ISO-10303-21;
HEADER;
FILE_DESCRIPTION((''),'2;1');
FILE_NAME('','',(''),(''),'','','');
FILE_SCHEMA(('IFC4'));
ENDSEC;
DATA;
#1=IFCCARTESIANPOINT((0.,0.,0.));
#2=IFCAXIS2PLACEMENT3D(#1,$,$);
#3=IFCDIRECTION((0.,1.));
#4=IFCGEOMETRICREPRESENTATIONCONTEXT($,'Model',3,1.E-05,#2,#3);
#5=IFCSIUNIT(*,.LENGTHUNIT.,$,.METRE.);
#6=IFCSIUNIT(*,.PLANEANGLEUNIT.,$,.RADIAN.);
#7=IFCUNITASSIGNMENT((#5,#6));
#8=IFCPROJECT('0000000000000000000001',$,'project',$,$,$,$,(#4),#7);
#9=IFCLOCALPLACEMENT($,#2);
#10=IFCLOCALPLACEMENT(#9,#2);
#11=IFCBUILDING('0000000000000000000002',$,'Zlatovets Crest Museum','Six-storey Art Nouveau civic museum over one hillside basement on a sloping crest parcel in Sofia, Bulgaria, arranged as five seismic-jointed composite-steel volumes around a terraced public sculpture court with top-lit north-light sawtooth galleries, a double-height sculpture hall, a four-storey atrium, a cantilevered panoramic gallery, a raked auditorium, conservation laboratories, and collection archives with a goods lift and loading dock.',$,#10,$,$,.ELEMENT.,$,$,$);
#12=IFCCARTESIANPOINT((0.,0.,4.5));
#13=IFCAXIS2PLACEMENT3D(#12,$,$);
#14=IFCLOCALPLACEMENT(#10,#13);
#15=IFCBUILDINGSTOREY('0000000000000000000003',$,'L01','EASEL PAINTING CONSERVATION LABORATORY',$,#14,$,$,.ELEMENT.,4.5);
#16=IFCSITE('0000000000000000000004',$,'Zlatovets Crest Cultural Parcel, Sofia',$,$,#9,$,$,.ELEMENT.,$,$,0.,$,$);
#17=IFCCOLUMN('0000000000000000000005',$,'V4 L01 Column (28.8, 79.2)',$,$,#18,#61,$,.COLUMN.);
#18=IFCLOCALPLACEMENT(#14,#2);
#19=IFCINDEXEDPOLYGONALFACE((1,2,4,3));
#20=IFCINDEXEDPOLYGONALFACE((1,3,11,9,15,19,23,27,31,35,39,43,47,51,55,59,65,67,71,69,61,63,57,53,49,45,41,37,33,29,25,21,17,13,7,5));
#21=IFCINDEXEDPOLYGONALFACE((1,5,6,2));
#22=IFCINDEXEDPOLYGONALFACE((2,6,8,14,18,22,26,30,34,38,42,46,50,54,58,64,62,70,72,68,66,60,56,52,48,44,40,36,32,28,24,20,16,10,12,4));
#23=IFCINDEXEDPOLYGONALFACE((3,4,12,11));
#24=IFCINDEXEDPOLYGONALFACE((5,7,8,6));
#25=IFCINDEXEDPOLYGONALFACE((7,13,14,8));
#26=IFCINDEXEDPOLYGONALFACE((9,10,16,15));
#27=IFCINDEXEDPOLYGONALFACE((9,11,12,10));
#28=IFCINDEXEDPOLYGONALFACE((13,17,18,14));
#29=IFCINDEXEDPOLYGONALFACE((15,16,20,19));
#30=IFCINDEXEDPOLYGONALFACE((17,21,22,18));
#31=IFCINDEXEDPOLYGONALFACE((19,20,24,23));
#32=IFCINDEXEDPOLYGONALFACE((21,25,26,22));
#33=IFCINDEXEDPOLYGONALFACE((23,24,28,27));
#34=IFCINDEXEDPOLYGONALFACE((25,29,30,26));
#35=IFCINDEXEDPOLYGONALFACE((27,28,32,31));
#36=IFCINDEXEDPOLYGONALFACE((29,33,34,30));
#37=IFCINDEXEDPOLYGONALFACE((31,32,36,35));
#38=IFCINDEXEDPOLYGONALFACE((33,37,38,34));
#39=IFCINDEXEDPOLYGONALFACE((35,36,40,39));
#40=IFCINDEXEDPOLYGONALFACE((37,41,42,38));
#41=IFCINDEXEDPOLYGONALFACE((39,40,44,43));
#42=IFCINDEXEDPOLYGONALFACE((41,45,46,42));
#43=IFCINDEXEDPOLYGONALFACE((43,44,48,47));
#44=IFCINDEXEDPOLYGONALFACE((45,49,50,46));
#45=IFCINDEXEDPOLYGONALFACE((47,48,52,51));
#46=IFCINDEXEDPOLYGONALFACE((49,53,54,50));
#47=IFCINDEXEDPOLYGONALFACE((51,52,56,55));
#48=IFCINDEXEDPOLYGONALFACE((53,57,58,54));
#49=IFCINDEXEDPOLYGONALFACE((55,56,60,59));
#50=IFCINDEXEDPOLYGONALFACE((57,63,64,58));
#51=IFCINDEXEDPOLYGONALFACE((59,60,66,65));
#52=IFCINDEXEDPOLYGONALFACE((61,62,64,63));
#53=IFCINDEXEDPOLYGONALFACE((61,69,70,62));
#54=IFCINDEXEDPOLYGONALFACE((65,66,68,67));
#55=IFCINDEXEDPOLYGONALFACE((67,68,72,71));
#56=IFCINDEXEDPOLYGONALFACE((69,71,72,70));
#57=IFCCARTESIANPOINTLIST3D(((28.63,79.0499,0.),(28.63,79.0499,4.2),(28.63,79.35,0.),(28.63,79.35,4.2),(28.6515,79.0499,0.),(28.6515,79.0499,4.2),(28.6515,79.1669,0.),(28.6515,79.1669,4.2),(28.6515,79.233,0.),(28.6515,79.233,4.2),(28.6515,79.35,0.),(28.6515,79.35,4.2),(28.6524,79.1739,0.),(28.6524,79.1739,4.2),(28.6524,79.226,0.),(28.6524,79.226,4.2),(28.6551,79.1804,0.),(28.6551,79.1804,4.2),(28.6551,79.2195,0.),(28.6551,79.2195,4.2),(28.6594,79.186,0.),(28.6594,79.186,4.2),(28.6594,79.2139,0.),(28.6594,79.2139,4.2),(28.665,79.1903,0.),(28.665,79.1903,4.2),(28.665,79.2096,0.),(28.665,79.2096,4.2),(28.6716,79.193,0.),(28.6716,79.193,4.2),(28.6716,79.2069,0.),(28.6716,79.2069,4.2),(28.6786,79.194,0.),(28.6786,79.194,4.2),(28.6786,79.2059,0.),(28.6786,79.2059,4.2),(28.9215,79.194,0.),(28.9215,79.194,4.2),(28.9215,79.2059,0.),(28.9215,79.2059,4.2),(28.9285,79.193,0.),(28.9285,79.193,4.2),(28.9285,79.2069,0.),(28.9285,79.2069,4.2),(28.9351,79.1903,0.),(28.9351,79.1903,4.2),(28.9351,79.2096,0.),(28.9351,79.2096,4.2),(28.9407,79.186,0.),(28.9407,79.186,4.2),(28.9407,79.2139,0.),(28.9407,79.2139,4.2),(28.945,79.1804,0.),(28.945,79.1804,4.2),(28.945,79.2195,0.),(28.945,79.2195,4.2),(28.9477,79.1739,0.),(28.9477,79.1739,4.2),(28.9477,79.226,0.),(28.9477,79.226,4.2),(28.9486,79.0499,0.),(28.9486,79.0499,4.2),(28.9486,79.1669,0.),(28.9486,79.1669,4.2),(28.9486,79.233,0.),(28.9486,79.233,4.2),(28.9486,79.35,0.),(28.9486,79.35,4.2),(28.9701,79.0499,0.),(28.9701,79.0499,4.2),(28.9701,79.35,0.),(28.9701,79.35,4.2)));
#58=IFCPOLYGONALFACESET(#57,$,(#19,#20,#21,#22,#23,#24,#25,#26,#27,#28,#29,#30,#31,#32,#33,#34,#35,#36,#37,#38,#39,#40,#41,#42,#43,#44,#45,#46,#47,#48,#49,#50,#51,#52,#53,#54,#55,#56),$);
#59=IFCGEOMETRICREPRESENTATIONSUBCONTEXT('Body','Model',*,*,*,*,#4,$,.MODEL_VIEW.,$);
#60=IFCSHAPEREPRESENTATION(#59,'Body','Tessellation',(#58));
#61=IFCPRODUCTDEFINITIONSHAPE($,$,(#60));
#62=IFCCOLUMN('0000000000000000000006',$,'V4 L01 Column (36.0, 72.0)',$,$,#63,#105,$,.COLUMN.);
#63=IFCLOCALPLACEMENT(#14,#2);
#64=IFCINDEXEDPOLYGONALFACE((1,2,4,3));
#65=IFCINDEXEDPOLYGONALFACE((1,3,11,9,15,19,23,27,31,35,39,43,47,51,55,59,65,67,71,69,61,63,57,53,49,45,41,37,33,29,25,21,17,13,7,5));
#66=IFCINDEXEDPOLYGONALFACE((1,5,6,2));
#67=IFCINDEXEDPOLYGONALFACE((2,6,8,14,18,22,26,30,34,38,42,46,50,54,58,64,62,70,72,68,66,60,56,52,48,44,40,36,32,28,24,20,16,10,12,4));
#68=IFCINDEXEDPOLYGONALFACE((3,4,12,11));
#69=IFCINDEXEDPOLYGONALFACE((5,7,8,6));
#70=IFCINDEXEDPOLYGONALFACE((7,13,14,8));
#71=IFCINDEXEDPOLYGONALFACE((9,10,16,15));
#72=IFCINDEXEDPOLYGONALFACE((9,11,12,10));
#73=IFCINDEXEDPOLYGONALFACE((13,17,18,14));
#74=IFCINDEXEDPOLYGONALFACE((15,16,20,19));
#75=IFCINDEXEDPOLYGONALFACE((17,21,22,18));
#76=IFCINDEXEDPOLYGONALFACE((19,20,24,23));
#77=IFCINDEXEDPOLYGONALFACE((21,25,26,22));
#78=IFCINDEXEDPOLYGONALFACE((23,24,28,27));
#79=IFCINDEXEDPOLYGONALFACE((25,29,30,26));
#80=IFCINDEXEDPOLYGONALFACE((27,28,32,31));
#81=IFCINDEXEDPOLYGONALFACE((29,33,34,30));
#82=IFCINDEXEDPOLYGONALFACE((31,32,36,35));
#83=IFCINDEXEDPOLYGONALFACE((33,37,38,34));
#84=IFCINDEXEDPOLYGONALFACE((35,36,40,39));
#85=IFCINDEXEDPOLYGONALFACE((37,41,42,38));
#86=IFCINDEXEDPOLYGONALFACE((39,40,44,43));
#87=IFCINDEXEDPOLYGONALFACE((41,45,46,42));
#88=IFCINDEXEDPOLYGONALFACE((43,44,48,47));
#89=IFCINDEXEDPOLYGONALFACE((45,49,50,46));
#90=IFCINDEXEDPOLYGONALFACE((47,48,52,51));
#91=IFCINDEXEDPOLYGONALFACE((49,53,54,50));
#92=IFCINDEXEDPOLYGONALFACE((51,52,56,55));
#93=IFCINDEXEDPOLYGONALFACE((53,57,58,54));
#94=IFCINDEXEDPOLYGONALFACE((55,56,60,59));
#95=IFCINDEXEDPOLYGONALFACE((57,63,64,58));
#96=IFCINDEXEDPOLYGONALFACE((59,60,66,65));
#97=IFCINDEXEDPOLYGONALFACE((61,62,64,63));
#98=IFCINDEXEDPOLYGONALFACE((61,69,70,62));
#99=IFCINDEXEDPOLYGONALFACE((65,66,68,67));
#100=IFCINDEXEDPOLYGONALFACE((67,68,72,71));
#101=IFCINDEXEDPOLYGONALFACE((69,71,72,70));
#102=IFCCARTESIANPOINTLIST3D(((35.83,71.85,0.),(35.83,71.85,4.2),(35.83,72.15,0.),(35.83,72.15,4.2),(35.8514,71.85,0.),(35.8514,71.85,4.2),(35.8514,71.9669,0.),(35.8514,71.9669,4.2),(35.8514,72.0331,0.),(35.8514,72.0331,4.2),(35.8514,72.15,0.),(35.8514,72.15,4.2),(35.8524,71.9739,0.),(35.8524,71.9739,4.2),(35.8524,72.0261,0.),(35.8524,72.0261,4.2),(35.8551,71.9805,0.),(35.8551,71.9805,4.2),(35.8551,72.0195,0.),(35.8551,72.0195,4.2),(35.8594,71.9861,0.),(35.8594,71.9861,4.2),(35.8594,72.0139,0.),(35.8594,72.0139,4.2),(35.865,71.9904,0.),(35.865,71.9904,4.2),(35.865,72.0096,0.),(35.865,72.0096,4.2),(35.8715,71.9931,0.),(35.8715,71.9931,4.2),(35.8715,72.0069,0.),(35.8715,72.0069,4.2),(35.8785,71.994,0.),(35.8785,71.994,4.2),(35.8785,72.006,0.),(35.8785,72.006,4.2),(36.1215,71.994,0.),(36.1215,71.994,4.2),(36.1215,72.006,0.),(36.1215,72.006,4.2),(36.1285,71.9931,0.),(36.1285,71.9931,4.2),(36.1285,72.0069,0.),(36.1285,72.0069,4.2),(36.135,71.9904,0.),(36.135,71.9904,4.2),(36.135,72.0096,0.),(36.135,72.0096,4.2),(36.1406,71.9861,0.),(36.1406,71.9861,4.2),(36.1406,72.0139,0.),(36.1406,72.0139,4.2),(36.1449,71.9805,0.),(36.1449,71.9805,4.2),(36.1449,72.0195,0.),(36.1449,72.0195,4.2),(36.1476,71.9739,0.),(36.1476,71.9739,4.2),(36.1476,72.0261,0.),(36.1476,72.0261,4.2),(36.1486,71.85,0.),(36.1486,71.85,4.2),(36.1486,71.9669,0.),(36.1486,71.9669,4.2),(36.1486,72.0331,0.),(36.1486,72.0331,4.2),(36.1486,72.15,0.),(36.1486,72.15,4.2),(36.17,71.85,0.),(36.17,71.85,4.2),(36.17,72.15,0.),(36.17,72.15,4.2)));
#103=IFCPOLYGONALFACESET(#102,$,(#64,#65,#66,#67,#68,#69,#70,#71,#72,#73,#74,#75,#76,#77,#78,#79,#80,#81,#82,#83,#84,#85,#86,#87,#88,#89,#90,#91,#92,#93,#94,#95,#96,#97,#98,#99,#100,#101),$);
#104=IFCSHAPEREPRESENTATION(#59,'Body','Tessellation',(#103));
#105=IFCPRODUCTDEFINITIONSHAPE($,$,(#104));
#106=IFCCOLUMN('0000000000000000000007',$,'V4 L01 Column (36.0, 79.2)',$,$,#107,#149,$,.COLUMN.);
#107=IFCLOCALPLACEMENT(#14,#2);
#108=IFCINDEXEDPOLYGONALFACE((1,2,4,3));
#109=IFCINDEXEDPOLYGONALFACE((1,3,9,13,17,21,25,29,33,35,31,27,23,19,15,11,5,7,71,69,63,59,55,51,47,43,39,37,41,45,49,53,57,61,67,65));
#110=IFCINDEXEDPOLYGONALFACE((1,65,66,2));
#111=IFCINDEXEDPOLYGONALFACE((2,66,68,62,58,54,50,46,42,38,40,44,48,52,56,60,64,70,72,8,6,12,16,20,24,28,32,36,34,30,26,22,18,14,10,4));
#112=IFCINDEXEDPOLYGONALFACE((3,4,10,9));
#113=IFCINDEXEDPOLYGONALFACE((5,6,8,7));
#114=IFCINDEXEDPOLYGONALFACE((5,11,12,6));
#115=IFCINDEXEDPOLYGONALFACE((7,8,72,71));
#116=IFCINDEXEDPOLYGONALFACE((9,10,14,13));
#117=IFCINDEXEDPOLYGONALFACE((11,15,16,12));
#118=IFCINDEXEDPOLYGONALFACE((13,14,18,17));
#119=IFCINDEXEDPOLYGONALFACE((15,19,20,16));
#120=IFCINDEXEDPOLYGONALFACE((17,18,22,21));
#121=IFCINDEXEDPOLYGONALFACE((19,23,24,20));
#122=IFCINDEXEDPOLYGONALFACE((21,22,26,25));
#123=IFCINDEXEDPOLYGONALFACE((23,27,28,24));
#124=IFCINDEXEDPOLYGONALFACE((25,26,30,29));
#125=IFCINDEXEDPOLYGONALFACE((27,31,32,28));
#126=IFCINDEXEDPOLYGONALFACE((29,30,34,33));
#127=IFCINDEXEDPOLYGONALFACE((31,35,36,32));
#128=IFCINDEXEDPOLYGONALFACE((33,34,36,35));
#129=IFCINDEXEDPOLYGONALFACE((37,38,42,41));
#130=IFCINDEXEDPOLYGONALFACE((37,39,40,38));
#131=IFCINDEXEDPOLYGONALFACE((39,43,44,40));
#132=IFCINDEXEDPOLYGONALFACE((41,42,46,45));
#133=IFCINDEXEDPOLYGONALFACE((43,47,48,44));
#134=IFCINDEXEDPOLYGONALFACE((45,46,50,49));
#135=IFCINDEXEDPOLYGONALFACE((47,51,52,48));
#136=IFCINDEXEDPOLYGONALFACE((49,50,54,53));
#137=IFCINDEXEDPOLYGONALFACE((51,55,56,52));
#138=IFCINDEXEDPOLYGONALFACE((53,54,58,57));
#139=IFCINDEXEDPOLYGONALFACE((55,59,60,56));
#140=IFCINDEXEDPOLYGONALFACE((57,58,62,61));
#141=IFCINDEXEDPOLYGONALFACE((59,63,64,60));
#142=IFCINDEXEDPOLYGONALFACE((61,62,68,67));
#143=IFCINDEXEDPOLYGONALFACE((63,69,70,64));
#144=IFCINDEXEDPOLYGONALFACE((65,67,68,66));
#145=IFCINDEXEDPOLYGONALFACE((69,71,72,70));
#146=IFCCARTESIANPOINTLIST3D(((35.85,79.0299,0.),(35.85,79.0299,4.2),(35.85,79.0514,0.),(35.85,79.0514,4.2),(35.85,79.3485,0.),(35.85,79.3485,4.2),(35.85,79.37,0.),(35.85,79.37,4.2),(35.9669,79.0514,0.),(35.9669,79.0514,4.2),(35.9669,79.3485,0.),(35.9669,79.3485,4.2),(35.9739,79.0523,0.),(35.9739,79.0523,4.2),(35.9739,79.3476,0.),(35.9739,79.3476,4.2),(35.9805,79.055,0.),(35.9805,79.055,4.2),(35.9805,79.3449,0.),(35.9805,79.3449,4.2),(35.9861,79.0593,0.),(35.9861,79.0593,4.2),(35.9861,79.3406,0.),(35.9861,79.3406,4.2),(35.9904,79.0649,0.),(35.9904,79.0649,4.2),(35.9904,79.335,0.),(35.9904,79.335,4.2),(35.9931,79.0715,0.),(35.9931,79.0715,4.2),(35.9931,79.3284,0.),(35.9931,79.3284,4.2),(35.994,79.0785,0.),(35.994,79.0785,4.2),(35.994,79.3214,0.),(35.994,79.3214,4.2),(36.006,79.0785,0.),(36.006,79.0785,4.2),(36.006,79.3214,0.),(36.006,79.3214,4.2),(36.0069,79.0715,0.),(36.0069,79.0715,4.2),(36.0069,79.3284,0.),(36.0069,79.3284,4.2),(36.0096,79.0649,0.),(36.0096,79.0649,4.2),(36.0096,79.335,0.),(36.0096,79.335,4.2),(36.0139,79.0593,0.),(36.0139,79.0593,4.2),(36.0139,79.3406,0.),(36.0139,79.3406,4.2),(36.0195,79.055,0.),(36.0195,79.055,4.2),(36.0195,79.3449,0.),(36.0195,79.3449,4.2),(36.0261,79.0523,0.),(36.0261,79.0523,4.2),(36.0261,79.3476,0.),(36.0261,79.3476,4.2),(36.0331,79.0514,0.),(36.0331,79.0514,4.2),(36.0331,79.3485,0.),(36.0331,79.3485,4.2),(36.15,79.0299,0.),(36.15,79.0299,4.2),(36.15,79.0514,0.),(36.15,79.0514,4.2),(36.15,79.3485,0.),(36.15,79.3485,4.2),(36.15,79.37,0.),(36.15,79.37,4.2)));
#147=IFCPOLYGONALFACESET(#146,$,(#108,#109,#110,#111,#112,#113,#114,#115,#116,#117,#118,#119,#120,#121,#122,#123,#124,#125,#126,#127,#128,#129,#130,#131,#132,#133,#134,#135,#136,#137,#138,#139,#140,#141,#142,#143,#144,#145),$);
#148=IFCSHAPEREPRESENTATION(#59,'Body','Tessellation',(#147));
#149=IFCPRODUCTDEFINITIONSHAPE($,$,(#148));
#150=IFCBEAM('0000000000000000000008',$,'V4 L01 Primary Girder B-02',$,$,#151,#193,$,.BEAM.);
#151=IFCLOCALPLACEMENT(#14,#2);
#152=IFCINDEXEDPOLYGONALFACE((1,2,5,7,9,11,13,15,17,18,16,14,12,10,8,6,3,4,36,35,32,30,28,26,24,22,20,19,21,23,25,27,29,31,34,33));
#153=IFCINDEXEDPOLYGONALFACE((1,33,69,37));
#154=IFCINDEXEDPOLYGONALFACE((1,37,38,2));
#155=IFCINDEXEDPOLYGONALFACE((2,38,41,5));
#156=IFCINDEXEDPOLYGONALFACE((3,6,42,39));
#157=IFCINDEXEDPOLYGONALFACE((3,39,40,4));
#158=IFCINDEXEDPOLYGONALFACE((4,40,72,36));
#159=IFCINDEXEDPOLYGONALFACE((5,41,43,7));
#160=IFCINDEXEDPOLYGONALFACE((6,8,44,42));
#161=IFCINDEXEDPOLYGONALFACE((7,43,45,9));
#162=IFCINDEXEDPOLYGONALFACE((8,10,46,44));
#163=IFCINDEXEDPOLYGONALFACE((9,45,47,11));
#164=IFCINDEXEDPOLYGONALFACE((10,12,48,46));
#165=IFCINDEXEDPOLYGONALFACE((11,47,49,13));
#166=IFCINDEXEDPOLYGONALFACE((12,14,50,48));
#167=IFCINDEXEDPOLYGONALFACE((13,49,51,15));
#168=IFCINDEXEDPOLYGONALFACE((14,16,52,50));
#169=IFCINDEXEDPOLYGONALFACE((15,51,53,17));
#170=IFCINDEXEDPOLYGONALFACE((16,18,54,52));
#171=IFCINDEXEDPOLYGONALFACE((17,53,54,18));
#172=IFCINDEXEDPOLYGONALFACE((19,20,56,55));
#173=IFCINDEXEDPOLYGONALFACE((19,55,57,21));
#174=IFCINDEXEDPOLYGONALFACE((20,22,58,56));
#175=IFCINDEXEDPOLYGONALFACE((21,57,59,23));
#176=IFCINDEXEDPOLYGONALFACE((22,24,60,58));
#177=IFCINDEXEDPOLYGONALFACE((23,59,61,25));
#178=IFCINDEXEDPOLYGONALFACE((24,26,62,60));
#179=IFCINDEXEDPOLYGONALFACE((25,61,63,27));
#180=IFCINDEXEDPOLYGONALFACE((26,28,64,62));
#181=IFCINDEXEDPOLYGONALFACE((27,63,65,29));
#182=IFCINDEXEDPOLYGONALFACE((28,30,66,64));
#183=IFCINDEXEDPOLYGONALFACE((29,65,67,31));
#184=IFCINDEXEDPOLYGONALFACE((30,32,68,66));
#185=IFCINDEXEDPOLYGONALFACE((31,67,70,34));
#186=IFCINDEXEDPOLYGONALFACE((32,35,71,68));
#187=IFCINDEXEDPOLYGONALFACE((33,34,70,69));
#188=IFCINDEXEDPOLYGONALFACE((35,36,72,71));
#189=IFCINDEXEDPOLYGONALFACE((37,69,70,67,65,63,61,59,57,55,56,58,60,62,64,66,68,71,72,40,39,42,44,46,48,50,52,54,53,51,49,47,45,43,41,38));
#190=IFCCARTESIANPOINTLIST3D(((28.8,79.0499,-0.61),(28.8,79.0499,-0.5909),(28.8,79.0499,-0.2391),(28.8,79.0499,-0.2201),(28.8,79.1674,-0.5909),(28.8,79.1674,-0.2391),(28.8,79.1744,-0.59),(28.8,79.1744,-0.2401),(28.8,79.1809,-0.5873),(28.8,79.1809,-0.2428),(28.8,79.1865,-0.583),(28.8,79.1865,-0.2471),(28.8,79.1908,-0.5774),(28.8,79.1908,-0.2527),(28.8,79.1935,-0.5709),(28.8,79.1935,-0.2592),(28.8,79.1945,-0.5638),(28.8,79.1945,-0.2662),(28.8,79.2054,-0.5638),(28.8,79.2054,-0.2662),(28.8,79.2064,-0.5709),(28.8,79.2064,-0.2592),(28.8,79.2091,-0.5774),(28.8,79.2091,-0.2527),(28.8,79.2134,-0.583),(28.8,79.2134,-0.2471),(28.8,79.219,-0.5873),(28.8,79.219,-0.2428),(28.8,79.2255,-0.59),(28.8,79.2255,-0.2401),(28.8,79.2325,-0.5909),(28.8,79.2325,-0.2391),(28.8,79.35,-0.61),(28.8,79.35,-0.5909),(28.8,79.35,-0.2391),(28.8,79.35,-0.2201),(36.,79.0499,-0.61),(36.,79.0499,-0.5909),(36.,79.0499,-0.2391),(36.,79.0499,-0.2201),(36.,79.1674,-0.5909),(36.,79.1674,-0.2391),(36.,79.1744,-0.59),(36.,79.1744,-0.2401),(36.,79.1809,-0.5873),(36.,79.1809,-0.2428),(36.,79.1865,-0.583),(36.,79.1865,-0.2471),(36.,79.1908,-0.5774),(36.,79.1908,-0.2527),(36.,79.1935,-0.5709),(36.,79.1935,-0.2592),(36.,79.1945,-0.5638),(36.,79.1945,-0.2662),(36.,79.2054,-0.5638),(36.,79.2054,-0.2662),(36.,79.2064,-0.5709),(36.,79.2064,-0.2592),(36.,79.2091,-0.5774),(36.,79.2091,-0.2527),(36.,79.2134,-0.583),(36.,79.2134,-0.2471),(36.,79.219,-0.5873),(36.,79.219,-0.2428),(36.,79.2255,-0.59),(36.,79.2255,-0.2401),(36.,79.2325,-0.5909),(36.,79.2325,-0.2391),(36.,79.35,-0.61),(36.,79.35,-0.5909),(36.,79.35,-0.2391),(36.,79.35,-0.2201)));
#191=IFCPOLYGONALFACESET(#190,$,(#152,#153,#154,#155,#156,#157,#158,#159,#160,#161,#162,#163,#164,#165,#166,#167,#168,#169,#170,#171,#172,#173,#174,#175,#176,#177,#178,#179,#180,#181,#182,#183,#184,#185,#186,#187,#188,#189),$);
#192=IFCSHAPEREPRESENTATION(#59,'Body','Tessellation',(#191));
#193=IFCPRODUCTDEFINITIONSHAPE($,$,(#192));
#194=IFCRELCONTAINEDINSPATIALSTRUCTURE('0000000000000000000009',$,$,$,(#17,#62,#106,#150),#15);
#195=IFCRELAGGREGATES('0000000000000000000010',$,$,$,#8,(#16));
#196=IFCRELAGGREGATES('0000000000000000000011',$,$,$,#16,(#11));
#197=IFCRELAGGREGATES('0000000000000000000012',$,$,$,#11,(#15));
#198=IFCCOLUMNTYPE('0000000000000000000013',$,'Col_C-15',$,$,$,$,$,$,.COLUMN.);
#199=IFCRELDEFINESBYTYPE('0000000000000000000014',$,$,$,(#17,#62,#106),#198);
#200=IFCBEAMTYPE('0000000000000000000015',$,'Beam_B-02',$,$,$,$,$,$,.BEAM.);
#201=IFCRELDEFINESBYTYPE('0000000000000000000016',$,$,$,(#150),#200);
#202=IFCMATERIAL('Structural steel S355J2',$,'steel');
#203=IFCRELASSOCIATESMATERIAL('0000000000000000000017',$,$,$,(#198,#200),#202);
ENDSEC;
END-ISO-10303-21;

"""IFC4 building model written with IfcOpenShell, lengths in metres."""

from ifc_helpers import new_model, si_unit, direction, frame, origin, origin_2d, place, context, subcontext, project, spatial, i_section, extrude, material, material_profile, profile_set, type_object, element, save


model = new_model("IFC4")

# Units and contexts
model_context = context("Model", 3, precision=1e-05, world=origin(), true_north=direction((0.0, 1.0)))
body_context = subcontext(model_context, "Body", "Model", "MODEL_VIEW")
ifc_project = project(units=[si_unit("LENGTHUNIT", "METRE"), si_unit("PLANEANGLEUNIT", "RADIAN")], contexts=[model_context])

# Site, building, storey
site_placement = place(None, origin())
site = spatial("IfcSite", under=ifc_project, at=site_placement, Name="Zlatovets Crest Cultural Parcel, Sofia", CompositionType="ELEMENT", RefElevation=0.0)
building_placement = place(site_placement, origin())
building = spatial("IfcBuilding", under=site, at=building_placement, Name="Zlatovets Crest Museum", Description="Six-storey Art Nouveau civic museum over one hillside basement on a sloping crest parcel in Sofia, Bulgaria, arranged as five seismic-jointed composite-steel volumes around a terraced public sculpture court with top-lit north-light sawtooth galleries, a double-height sculpture hall, a four-storey atrium, a cantilevered panoramic gallery, a raked auditorium, conservation laboratories, and collection archives with a goods lift and loading dock.", CompositionType="ELEMENT")
storey_placement = place(building_placement, frame((0.0, 0.0, 4.5)))
storey = spatial("IfcBuildingStorey", under=building, at=storey_placement, Name="L01", Description="EASEL PAINTING CONSERVATION LABORATORY", CompositionType="ELEMENT", Elevation=4.5)

# Columns
ifc_material_1 = material(Name="Structural steel S355J2", Category="steel")
ifc_material_profile_1 = material_profile(ifc_material_1, i_section(OverallWidth=0.3, OverallDepth=0.3401, WebThickness=0.012, FlangeThickness=0.0215, FilletRadius=0.0271, at=origin_2d()), Name="HEB 340")
ifc_profile_set_1 = profile_set([ifc_material_profile_1], Name="Structural steel S355J2")
column_type = type_object("IfcColumnType", Name="Col_C-15", PredefinedType="COLUMN", material=ifc_profile_set_1)
for number, where, z_axis, x_axis, name in (
    (1, (28.8, 79.2, 0.0), (0.0, 0.0, 1.0), (0.0, 1.0, 0.0), "V4 L01 Column (28.8, 79.2)"),
    (2, (36.0, 72.0, 0.0), (0.0, 0.0, 1.0), (0.0, 1.0, 0.0), "V4 L01 Column (36.0, 72.0)"),
    (3, (36.0, 79.2, 0.0), (0.0, 0.0, 1.0), (1.0, 0.0, 0.0), "V4 L01 Column (36.0, 79.2)"),
):
    element("IfcColumn", number, at=place(storey_placement, frame(where, z_axis=z_axis, x_axis=x_axis)), inside=storey, type_object=column_type, Name=name, PredefinedType="COLUMN", context=body_context, shape_type="SweptSolid", body=[
        extrude(i_section(OverallWidth=0.3, OverallDepth=0.3401, WebThickness=0.012, FlangeThickness=0.0215, FilletRadius=0.0271, at=origin_2d()), origin(), (0.0, 0.0, 1.0), 4.2),
    ])

# Beam
ifc_material_profile_2 = material_profile(ifc_material_1, i_section(OverallWidth=0.3, OverallDepth=0.3899, WebThickness=0.011, FlangeThickness=0.019, FilletRadius=0.0271, at=origin_2d()), Name="HEA 400")
ifc_profile_set_2 = profile_set([ifc_material_profile_2], Name="Structural steel S355J2")
beam_type_1 = type_object("IfcBeamType", Name="Beam_B-02", PredefinedType="BEAM", material=ifc_profile_set_2)
beam_placement = place(storey_placement, frame((28.8, 79.2, -0.415), z_axis=(1.0, 0.0, 0.0), x_axis=(0.0, 1.0, 0.0)))
element("IfcBeam", 4, at=beam_placement, inside=storey, type_object=beam_type_1, Name="V4 L01 Primary Girder B-02", PredefinedType="BEAM", context=body_context, shape_type="SweptSolid", body=[
    extrude(i_section(OverallWidth=0.3, OverallDepth=0.3899, WebThickness=0.011, FlangeThickness=0.019, FilletRadius=0.0271, at=origin_2d()), origin(), (0.0, 0.0, 1.0), 7.2),
])

save(model, "model.ifc")
